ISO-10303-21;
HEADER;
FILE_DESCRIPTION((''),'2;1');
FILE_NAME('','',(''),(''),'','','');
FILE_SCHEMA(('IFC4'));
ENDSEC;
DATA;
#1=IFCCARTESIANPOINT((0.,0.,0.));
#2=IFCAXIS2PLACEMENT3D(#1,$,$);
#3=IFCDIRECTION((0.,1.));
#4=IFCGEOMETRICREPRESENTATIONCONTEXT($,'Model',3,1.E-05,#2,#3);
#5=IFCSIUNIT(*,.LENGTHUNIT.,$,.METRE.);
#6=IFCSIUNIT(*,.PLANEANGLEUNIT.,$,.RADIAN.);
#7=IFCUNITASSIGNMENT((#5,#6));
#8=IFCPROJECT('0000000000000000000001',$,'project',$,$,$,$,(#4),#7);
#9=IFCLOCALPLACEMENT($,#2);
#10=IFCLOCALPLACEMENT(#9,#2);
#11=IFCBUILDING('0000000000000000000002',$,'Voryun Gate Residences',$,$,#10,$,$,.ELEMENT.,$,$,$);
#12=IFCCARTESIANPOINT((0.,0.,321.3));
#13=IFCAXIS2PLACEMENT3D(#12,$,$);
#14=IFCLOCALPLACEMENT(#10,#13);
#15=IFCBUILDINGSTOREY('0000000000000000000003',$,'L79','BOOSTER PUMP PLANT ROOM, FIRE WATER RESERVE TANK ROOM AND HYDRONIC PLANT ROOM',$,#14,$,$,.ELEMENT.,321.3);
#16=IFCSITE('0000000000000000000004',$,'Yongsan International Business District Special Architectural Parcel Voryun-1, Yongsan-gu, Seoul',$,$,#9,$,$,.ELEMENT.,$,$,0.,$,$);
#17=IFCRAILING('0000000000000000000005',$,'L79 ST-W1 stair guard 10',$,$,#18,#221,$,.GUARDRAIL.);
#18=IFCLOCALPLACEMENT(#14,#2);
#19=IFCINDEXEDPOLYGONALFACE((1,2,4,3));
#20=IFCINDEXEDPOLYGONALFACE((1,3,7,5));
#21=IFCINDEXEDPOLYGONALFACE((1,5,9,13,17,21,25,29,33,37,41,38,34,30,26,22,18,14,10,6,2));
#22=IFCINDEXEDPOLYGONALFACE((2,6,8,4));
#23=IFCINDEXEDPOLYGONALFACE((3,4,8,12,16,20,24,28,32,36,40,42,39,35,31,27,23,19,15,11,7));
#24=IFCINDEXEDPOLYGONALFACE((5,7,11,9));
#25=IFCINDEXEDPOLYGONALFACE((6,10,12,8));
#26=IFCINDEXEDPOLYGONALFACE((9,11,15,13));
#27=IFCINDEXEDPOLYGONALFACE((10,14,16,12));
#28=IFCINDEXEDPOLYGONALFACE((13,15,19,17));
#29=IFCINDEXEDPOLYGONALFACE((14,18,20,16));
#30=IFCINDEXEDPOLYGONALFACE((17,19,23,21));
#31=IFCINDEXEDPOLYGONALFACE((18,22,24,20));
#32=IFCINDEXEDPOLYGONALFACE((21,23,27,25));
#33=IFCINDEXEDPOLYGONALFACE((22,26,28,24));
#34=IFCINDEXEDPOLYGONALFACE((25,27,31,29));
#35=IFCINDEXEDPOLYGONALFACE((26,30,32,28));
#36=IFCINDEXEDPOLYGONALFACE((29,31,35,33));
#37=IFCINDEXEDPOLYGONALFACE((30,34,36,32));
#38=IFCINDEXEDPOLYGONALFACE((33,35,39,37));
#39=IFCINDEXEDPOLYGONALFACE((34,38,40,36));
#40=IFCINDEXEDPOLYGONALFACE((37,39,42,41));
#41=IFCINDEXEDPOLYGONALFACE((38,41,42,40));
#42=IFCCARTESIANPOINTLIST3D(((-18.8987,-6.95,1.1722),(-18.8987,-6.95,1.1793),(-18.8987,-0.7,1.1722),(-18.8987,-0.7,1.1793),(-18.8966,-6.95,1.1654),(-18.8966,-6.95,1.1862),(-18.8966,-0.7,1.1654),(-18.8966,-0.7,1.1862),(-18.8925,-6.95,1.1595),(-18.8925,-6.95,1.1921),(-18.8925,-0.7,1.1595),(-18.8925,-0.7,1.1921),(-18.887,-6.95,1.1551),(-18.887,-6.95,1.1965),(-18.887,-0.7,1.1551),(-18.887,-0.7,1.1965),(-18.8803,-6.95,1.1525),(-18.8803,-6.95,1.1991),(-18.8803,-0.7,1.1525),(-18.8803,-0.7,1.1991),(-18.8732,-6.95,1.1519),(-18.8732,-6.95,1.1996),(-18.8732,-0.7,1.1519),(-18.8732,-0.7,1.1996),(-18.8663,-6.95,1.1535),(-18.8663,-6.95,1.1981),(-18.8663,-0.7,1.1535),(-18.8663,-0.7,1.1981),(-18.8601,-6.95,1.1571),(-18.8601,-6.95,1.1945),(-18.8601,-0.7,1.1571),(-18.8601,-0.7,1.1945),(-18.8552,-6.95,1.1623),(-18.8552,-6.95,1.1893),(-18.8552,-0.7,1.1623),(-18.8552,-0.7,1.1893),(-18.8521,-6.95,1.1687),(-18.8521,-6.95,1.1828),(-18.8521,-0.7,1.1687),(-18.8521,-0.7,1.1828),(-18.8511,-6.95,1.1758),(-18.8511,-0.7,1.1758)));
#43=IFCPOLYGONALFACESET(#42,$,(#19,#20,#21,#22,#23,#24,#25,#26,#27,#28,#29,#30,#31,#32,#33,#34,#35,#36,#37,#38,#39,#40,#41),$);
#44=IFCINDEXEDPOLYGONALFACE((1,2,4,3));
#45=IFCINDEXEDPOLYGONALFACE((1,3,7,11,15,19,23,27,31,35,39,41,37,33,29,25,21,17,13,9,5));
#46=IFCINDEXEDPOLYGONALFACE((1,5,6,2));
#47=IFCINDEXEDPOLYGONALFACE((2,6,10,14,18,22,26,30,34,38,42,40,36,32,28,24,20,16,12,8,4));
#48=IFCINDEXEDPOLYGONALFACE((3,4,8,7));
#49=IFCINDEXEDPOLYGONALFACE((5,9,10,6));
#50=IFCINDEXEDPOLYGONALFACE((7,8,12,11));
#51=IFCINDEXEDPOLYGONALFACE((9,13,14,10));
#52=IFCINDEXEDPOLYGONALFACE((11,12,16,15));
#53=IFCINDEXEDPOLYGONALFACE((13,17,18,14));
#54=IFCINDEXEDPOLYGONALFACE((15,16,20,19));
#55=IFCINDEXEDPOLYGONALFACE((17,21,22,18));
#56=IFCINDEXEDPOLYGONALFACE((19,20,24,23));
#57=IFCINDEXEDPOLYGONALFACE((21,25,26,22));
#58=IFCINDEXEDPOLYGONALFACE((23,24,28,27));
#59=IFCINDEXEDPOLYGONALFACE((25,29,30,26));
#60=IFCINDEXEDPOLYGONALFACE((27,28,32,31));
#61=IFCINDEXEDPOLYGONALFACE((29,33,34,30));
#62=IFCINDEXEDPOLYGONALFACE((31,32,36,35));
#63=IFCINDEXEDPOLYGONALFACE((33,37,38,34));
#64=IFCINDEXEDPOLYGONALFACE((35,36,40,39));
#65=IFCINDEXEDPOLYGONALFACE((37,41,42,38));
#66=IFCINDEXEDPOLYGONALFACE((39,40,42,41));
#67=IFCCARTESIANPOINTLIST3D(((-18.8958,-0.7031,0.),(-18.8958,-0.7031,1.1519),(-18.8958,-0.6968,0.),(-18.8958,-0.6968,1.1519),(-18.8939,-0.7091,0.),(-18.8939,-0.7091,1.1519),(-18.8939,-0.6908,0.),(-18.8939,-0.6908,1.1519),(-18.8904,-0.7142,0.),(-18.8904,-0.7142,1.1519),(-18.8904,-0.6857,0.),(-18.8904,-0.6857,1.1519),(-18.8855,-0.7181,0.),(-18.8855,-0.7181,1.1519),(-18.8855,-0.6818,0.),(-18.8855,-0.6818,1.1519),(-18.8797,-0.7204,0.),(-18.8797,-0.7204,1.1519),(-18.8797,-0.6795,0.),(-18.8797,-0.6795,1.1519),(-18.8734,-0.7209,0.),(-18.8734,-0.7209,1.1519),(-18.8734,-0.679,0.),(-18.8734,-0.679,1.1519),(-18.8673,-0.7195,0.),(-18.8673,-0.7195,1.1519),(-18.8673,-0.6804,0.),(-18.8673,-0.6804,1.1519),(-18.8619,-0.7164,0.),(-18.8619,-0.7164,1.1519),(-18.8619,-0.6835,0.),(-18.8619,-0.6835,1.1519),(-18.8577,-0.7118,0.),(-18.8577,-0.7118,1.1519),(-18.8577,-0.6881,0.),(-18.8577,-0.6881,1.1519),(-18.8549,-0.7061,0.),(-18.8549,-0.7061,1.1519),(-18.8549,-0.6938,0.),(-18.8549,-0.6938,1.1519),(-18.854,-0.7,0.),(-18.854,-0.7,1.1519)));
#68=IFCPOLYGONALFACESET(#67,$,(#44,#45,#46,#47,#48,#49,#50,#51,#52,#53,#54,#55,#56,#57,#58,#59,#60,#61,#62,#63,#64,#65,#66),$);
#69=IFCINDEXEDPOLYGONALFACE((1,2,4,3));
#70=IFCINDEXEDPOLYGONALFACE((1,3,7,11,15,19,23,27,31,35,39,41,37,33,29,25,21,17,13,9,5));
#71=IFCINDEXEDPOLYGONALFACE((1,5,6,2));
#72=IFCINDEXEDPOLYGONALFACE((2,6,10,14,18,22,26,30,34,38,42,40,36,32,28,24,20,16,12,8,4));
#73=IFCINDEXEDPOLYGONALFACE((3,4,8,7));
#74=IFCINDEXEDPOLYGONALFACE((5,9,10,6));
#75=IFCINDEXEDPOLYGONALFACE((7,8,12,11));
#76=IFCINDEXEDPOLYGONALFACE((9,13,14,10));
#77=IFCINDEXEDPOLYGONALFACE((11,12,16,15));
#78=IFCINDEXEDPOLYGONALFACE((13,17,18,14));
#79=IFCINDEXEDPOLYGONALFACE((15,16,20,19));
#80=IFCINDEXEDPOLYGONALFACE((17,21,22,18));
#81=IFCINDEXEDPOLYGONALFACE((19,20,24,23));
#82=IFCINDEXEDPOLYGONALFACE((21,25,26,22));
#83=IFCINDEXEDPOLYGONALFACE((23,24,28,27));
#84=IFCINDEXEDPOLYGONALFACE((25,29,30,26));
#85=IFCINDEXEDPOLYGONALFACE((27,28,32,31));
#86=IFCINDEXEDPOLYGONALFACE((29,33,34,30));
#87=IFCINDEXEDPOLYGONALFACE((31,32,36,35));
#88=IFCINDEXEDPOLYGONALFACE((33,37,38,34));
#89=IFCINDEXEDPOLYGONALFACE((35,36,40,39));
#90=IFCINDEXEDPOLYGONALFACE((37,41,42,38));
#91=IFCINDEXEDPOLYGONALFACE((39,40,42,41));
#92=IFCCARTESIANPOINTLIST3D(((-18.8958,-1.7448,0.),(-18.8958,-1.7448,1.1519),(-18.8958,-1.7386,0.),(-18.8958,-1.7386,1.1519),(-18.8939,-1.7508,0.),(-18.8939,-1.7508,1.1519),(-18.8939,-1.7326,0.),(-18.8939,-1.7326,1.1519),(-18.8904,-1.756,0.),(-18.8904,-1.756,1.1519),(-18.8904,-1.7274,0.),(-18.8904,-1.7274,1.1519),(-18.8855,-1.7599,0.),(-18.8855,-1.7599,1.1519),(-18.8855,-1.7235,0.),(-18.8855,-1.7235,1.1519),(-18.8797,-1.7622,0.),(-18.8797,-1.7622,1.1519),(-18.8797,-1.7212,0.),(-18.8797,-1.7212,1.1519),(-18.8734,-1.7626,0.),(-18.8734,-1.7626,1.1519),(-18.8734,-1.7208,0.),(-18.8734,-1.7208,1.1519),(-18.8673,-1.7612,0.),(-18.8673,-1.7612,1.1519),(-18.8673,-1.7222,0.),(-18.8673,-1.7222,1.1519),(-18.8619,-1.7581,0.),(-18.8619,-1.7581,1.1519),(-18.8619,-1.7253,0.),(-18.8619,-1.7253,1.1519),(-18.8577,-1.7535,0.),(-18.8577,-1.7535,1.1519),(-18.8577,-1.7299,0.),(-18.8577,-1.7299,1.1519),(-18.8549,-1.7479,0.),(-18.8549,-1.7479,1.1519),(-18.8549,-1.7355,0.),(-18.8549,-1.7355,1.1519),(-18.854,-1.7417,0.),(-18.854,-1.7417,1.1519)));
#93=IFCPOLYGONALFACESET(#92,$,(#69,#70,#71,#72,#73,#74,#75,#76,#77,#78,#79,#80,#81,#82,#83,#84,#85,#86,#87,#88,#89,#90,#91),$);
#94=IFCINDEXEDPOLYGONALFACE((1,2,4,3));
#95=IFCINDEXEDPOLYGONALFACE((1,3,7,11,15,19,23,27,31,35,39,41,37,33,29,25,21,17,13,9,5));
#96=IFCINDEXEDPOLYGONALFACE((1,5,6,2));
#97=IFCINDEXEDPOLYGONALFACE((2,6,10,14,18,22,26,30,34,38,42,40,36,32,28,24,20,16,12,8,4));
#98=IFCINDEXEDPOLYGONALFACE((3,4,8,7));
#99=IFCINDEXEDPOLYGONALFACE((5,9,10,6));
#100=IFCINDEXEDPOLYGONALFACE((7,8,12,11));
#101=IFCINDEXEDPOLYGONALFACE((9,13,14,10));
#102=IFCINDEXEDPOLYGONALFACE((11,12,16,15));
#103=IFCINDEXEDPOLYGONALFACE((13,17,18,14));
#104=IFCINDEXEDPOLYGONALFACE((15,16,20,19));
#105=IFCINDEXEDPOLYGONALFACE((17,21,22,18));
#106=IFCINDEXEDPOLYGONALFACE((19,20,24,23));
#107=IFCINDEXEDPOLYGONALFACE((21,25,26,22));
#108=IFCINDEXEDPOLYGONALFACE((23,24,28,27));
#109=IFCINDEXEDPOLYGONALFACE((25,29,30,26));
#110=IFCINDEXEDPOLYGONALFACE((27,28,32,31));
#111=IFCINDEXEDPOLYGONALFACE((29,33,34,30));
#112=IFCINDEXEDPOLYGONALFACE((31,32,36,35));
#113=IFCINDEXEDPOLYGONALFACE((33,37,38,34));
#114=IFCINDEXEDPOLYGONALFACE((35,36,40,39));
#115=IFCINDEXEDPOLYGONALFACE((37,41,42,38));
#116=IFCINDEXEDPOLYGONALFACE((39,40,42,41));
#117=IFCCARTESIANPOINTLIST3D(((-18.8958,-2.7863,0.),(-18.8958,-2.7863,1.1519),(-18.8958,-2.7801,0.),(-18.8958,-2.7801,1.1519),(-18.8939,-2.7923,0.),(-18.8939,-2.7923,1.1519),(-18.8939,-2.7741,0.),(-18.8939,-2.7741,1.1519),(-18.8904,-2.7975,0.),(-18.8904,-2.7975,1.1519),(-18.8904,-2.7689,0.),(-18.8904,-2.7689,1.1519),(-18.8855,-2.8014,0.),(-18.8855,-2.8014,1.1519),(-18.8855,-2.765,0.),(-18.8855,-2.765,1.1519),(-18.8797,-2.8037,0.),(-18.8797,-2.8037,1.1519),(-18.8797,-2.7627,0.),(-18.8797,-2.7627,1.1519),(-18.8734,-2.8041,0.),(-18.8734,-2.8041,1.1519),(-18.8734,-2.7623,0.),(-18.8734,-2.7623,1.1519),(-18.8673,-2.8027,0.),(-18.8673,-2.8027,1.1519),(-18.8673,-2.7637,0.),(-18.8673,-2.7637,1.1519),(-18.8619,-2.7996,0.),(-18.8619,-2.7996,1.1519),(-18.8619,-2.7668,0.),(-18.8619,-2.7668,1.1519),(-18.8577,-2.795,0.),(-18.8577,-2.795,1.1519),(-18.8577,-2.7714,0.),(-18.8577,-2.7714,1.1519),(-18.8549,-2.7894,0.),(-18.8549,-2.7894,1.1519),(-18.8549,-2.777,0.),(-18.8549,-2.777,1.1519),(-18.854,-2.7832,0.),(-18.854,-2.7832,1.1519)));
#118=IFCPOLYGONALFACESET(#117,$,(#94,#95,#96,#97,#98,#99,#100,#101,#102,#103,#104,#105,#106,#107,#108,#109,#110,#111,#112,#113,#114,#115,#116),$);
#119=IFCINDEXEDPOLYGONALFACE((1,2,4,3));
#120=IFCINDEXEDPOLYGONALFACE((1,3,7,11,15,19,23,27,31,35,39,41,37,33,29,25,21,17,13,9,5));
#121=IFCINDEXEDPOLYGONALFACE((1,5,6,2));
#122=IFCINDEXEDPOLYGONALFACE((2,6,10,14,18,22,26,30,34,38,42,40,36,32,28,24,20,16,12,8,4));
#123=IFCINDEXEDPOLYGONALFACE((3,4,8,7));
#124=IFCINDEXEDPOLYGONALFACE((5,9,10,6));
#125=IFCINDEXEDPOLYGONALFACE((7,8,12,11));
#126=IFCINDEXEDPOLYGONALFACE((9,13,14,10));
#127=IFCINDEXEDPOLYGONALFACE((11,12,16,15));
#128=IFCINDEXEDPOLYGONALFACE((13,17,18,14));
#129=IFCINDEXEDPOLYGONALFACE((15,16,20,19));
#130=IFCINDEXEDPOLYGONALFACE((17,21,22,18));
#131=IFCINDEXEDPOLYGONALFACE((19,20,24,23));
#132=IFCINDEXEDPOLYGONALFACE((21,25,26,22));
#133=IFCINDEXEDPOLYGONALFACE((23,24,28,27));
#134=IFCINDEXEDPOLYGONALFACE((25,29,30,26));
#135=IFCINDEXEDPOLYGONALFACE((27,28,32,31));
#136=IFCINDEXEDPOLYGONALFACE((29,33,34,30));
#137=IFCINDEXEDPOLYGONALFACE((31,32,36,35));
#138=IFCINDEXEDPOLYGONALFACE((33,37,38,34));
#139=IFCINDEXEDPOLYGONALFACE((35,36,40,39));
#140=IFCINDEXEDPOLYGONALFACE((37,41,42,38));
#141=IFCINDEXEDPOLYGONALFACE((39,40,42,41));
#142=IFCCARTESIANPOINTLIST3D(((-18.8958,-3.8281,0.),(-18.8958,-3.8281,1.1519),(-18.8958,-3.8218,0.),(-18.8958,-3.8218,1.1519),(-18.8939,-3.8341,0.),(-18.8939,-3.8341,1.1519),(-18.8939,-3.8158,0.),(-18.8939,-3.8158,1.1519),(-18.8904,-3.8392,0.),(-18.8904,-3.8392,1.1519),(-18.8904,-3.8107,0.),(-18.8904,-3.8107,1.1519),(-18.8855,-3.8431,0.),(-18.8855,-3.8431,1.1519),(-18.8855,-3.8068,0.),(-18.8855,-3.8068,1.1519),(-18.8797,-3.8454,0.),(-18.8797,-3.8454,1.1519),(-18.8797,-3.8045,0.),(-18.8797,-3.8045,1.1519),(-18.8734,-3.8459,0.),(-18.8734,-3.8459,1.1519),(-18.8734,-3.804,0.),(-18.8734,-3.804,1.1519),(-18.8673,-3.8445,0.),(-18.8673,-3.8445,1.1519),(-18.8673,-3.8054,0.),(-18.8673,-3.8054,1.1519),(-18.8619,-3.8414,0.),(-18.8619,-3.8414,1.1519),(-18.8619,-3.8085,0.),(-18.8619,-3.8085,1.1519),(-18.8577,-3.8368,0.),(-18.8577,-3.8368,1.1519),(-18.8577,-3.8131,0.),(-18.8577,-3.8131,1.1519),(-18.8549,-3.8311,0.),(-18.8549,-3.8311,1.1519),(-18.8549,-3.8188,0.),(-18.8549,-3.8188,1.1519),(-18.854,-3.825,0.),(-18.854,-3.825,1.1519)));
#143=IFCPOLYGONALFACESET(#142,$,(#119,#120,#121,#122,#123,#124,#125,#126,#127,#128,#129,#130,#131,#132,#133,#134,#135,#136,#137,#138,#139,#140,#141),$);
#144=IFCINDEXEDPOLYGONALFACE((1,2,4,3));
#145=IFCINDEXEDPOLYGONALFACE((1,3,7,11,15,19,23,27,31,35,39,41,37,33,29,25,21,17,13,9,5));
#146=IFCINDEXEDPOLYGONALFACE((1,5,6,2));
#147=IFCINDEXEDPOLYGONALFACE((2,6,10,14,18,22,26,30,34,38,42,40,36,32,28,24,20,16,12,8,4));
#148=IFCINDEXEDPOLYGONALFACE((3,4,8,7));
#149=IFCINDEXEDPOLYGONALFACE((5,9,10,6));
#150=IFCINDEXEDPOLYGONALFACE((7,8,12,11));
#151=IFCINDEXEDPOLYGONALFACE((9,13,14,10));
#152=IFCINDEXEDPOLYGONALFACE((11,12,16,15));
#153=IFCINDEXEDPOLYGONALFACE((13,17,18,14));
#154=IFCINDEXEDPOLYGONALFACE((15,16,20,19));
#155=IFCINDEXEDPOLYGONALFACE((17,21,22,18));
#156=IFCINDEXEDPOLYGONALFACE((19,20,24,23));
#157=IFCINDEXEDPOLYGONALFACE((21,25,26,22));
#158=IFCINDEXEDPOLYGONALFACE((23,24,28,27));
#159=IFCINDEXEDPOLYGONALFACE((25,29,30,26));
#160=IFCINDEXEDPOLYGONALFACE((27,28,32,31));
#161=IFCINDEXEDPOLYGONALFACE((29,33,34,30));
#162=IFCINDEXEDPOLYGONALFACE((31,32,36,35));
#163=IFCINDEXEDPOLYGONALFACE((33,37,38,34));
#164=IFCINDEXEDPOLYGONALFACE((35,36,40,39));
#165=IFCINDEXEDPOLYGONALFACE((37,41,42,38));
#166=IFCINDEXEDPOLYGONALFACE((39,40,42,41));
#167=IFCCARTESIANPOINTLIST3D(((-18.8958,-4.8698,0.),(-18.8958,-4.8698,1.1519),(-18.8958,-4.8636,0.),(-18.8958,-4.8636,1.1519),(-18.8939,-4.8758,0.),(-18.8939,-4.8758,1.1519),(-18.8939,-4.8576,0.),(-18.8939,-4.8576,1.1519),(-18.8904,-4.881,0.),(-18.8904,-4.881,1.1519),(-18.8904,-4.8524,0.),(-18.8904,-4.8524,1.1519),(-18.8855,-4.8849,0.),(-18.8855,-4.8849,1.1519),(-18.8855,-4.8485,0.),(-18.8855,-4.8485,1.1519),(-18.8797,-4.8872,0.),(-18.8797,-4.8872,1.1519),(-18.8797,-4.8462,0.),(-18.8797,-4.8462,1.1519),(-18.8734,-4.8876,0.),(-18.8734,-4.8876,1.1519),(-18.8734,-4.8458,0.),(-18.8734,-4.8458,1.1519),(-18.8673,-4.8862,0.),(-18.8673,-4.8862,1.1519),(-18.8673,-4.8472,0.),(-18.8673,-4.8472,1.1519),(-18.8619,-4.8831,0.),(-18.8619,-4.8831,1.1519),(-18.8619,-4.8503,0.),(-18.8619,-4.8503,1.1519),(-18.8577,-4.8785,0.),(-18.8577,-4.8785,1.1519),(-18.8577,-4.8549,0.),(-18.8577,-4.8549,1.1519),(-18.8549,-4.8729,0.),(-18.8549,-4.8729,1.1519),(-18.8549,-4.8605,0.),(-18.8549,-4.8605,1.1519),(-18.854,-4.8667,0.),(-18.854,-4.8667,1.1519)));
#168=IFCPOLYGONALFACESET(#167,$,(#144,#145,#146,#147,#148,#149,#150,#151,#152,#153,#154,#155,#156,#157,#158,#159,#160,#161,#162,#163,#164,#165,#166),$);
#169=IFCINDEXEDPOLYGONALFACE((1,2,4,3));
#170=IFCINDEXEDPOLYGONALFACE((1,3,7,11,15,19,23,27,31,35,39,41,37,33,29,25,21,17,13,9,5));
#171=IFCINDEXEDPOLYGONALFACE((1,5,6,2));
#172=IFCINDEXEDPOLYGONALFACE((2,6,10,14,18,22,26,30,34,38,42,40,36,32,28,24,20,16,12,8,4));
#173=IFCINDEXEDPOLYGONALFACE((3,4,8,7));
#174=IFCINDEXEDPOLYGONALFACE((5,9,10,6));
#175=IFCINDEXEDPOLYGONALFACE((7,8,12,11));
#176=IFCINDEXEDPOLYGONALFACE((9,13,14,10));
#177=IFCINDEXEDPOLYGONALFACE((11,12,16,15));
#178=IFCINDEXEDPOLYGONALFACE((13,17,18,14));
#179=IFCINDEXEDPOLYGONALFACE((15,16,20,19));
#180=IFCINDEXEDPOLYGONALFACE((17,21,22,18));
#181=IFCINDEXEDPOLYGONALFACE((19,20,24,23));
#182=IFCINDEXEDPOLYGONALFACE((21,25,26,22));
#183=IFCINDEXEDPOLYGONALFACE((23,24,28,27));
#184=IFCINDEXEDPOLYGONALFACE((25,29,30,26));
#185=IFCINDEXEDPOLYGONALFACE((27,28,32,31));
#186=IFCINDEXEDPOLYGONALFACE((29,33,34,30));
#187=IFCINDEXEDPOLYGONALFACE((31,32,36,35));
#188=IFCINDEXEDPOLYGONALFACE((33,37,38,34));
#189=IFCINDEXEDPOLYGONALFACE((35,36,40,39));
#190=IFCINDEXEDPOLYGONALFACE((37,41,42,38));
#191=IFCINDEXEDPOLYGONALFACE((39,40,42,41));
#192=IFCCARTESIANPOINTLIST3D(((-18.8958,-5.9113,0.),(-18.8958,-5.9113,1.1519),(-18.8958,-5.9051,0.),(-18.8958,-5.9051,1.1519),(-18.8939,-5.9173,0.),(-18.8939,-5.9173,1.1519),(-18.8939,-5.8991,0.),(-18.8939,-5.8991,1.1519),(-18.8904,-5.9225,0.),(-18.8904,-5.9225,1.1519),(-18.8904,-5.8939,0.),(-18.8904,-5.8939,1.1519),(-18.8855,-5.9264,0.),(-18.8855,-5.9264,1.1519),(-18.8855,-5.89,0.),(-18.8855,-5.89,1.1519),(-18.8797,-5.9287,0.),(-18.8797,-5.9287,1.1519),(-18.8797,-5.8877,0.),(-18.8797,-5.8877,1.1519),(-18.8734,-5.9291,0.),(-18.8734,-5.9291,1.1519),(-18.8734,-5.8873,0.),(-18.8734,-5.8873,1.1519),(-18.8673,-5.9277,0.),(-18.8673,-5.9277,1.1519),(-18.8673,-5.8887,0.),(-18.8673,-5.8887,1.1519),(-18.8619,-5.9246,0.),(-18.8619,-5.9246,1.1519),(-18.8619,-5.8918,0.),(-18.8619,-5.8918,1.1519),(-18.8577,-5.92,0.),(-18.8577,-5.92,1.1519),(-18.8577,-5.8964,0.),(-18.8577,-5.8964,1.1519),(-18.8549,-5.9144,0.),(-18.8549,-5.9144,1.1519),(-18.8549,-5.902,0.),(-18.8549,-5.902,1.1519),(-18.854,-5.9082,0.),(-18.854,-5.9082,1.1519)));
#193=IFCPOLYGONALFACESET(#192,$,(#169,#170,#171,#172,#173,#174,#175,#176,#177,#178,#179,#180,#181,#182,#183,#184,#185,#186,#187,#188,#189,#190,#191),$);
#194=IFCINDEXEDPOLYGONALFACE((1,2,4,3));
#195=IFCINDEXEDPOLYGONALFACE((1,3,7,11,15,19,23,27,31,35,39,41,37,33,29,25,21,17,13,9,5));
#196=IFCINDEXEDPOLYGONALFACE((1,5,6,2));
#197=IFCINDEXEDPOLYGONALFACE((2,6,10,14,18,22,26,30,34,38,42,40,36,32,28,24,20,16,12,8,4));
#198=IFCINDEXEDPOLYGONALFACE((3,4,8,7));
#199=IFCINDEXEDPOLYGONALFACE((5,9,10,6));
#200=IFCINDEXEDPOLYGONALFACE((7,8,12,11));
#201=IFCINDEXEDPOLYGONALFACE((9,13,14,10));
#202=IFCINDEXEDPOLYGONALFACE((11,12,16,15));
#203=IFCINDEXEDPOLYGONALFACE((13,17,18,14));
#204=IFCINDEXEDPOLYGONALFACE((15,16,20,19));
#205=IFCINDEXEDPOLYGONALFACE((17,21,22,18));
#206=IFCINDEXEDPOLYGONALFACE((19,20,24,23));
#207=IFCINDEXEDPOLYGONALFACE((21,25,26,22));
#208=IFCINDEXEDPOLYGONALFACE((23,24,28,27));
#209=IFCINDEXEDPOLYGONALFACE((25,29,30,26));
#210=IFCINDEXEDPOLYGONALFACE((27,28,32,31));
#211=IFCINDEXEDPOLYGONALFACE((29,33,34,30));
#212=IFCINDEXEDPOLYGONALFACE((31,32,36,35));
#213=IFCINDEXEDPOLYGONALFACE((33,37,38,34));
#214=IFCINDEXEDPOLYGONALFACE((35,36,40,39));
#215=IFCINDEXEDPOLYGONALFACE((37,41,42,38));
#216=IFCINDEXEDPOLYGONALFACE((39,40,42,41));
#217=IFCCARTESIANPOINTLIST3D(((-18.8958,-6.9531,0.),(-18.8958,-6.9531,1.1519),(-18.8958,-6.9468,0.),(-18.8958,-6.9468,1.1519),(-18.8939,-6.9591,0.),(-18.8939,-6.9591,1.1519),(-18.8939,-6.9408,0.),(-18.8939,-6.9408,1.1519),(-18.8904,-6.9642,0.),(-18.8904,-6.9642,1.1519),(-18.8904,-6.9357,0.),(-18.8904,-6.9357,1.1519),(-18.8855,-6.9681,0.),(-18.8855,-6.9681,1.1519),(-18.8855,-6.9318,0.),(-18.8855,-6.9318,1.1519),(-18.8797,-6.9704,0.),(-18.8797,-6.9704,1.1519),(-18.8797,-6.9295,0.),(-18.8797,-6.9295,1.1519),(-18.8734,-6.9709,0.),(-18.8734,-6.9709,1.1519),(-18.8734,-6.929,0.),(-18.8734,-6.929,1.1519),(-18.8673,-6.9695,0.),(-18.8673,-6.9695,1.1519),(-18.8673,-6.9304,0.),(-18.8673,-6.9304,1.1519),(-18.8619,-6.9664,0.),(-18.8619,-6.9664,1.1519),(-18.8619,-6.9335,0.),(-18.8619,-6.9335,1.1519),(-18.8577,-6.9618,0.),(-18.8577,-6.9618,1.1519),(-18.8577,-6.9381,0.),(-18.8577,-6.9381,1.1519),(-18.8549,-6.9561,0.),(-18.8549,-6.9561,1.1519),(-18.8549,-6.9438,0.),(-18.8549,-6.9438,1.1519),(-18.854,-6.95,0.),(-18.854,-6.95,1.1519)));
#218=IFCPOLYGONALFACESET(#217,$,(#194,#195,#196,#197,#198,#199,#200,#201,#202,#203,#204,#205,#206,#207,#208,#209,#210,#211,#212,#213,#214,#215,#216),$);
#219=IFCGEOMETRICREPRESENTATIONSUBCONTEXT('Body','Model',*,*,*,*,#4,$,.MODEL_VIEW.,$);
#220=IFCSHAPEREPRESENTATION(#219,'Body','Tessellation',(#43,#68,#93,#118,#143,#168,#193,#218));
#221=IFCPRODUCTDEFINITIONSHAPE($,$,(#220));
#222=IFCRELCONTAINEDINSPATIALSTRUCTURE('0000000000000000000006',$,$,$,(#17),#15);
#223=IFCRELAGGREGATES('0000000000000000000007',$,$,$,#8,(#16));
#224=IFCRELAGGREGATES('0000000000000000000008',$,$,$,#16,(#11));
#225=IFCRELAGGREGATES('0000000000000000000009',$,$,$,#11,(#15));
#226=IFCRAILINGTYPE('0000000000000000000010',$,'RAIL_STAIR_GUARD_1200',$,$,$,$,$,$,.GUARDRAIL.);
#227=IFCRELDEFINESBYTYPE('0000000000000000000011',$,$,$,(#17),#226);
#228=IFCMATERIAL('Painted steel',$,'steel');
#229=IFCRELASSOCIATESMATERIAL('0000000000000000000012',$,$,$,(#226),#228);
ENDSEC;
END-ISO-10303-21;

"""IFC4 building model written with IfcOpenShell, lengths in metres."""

from ifc_helpers import new_model, si_unit, direction, frame, origin, origin_2d, place, context, subcontext, project, spatial, circle, extrude, material, type_object, element, save


model = new_model("IFC4")

# Units and contexts
model_context = context("Model", 3, precision=1e-05, world=origin(), true_north=direction((0.0, 1.0)))
body_context = subcontext(model_context, "Body", "Model", "MODEL_VIEW")
ifc_project = project(units=[si_unit("LENGTHUNIT", "METRE"), si_unit("PLANEANGLEUNIT", "RADIAN")], contexts=[model_context])

# Site, building, storey
site_placement = place(None, origin())
site = spatial("IfcSite", under=ifc_project, at=site_placement, Name="Yongsan International Business District Special Architectural Parcel Voryun-1, Yongsan-gu, Seoul", CompositionType="ELEMENT", RefElevation=0.0)
building_placement = place(site_placement, origin())
building = spatial("IfcBuilding", under=site, at=building_placement, Name="Voryun Gate Residences", CompositionType="ELEMENT")
storey_placement = place(building_placement, frame((0.0, 0.0, 321.3)))
storey = spatial("IfcBuildingStorey", under=building, at=storey_placement, Name="L79", Description="BOOSTER PUMP PLANT ROOM, FIRE WATER RESERVE TANK ROOM AND HYDRONIC PLANT ROOM", CompositionType="ELEMENT", Elevation=321.3)

# Railing
ifc_material_1 = material(Name="Painted steel", Category="steel")
railing_type = type_object("IfcRailingType", Name="RAIL_STAIR_GUARD_1200", PredefinedType="GUARDRAIL", material=ifc_material_1)
railing_1_placement = place(storey_placement, frame((-18.875, -0.7, 0.0)))
element("IfcRailing", 1, at=railing_1_placement, inside=storey, type_object=railing_type, Name="L79 ST-W1 stair guard 10", PredefinedType="GUARDRAIL", context=body_context, shape_type="SweptSolid", body=[
    extrude(circle(Radius=0.0239, at=origin_2d()), frame((0.0, 0.0, 1.1758), z_axis=(0.0, -1.0, 0.0), x_axis=(1.0, 0.0, 0.0)), (0.0, 0.0, 1.0), 6.25),
    extrude(circle(Radius=0.021, at=origin_2d()), origin(), (0.0, 0.0, 1.0), 1.1519),
    extrude(circle(Radius=0.021, at=origin_2d()), frame((0.0, -1.0417, 0.0)), (0.0, 0.0, 1.0), 1.1519),
    extrude(circle(Radius=0.021, at=origin_2d()), frame((0.0, -2.0833, 0.0)), (0.0, 0.0, 1.0), 1.1519),
    extrude(circle(Radius=0.021, at=origin_2d()), frame((0.0, -3.125, 0.0)), (0.0, 0.0, 1.0), 1.1519),
    extrude(circle(Radius=0.021, at=origin_2d()), frame((0.0, -4.1667, 0.0)), (0.0, 0.0, 1.0), 1.1519),
    extrude(circle(Radius=0.021, at=origin_2d()), frame((0.0, -5.2083, 0.0)), (0.0, 0.0, 1.0), 1.1519),
    extrude(circle(Radius=0.021, at=origin_2d()), frame((0.0, -6.25, 0.0)), (0.0, 0.0, 1.0), 1.1519),
])

save(model, "model.ifc")
